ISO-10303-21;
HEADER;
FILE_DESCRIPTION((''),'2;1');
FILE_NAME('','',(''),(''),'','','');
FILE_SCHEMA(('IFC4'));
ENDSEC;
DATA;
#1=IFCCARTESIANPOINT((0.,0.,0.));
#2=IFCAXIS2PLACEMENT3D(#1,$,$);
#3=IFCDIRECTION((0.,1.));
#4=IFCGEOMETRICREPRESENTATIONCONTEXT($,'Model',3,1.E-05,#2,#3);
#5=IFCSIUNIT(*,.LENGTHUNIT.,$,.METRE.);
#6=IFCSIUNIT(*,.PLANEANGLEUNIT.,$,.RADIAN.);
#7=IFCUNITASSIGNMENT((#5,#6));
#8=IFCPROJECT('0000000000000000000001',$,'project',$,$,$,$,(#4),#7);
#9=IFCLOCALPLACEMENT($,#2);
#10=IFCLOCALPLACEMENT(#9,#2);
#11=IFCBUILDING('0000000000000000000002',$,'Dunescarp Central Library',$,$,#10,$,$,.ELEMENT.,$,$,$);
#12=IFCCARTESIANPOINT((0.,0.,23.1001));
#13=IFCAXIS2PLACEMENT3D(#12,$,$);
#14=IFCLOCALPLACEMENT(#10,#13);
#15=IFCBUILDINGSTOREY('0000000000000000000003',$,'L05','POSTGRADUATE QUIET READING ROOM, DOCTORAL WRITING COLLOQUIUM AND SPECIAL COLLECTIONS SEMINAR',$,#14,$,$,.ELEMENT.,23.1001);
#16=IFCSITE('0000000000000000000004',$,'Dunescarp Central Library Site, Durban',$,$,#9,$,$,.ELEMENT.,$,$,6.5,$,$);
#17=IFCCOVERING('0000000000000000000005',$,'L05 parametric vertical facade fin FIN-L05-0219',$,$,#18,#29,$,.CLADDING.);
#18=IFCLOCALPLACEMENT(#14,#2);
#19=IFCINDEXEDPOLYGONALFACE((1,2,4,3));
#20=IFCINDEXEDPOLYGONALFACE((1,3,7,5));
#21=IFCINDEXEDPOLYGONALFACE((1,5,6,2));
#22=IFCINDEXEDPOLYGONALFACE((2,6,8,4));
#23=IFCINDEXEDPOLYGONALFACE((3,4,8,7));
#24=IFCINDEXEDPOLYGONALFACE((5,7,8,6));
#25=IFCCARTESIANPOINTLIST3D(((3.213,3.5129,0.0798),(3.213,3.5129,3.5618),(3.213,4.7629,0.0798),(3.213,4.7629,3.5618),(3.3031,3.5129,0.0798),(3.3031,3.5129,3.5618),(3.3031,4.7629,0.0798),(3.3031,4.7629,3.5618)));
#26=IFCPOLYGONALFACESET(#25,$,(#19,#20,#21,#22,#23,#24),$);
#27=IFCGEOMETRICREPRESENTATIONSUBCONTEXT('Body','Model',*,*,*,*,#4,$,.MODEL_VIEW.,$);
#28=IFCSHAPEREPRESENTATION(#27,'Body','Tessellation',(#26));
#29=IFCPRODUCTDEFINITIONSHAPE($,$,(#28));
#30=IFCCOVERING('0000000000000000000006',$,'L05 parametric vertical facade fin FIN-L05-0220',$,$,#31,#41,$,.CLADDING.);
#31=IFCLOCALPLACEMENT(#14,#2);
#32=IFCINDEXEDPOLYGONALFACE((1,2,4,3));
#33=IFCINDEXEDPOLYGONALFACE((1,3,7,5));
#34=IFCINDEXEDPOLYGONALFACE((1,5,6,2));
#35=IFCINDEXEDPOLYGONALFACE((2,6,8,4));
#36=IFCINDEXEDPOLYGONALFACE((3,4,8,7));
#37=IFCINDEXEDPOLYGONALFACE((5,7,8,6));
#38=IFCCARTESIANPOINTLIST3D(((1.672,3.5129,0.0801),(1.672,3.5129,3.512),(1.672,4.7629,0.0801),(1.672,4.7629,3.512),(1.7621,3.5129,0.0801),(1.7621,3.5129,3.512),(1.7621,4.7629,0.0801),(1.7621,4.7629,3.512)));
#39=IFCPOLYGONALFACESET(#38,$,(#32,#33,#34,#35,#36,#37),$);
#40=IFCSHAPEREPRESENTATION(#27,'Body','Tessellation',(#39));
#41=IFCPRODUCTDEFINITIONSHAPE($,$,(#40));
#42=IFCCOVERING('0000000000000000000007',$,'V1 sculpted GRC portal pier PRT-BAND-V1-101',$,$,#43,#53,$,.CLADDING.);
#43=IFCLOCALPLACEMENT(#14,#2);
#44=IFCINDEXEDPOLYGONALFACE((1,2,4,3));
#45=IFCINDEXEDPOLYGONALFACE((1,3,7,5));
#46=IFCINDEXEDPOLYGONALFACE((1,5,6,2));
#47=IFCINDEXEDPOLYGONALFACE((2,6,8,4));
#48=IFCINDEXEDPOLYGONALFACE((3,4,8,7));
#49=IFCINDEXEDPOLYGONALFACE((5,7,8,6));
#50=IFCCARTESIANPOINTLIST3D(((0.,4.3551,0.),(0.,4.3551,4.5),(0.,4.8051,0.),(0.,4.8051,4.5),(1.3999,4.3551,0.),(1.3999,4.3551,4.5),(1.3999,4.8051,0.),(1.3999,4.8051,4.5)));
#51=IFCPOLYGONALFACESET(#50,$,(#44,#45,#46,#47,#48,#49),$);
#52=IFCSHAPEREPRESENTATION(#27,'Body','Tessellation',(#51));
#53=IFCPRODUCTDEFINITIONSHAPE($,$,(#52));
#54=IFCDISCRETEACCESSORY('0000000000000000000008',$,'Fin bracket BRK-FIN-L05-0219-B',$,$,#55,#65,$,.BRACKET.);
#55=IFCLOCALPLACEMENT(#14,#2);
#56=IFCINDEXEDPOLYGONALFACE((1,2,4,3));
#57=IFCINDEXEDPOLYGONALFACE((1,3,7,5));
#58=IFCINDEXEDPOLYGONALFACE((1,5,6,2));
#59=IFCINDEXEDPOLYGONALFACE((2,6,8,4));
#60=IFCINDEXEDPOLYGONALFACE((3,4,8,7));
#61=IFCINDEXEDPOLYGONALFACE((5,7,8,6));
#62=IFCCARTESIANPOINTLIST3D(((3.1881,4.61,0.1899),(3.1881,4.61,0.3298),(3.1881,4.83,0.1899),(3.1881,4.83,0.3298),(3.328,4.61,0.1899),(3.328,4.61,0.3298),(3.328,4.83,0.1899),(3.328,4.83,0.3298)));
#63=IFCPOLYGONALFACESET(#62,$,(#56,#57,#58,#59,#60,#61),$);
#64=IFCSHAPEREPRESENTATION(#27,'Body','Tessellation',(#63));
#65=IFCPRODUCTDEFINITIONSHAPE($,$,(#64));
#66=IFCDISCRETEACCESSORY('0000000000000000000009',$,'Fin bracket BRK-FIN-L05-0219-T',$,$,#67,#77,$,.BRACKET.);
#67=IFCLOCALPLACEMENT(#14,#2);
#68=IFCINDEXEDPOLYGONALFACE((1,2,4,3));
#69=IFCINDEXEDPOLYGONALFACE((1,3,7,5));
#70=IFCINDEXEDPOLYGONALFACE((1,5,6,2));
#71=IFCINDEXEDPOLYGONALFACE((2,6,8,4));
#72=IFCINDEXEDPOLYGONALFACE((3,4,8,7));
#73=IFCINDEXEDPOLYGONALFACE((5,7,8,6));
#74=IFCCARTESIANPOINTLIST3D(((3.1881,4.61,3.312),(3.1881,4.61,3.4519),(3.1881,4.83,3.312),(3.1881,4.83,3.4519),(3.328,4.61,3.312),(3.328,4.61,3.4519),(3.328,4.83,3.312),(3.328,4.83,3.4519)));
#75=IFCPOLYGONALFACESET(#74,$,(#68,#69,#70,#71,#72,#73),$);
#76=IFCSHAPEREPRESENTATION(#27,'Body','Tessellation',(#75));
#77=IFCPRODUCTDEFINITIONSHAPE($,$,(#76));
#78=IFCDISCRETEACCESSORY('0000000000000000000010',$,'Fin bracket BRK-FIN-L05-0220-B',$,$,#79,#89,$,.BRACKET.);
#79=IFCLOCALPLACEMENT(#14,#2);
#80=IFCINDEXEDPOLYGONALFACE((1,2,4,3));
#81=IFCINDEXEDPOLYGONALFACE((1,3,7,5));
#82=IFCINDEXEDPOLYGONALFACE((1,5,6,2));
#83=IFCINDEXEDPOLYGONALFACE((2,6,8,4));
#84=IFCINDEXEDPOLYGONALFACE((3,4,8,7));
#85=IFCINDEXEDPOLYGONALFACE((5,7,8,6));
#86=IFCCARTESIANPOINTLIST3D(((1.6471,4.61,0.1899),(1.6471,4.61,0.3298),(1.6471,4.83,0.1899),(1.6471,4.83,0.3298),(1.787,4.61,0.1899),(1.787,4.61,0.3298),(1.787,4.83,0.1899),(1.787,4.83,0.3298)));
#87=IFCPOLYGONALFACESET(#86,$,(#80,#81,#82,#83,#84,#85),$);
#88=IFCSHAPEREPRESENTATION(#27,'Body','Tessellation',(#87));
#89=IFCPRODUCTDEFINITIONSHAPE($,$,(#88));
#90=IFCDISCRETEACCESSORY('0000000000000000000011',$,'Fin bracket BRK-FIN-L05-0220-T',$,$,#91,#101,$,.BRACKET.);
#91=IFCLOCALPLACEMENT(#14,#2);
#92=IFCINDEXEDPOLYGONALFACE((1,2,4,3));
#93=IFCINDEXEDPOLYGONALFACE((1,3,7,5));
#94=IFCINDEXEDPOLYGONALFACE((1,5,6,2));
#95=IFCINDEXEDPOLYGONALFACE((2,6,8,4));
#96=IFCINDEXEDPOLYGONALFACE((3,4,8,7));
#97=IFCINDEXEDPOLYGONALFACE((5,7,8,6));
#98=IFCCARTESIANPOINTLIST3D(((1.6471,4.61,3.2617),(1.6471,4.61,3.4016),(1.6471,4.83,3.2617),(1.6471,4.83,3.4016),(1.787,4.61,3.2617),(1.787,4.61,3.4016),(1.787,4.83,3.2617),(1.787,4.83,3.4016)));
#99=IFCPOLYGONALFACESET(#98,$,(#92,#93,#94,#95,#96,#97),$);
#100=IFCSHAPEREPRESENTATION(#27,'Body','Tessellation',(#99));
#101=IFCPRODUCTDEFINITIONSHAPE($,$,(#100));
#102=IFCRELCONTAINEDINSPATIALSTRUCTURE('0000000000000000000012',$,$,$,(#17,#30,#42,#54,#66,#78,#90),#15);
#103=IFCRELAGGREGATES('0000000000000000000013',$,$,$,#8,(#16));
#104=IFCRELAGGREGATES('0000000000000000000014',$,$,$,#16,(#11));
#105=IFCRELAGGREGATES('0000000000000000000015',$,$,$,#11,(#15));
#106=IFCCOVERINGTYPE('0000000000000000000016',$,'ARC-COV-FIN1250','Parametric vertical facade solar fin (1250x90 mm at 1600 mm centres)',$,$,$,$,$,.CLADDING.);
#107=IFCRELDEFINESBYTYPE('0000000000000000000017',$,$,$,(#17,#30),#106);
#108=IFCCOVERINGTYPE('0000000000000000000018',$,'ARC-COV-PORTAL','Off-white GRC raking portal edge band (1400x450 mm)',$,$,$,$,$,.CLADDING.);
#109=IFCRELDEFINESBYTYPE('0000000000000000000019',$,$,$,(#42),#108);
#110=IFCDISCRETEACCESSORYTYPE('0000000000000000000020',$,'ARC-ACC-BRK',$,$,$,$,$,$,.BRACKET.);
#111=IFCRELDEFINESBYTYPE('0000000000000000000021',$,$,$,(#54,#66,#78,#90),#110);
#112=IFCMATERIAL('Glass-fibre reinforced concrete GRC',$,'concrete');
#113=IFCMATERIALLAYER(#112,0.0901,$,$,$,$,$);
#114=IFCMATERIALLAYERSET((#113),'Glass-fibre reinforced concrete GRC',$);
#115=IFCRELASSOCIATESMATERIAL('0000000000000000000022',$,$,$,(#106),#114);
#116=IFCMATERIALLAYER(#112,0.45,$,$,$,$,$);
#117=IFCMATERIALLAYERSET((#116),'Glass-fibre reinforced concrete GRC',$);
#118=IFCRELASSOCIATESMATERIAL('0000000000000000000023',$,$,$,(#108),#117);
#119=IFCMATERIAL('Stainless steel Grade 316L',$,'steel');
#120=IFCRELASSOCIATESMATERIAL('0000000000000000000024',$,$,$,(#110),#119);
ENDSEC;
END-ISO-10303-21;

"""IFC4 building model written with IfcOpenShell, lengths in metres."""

from ifc_helpers import new_model, si_unit, direction, frame, origin, origin_2d, place, context, subcontext, project, spatial, rectangle, extrude, material, layer, layer_set, type_object, element, save


model = new_model("IFC4")

# Units and contexts
model_context = context("Model", 3, precision=1e-05, world=origin(), true_north=direction((0.0, 1.0)))
body_context = subcontext(model_context, "Body", "Model", "MODEL_VIEW")
ifc_project = project(units=[si_unit("LENGTHUNIT", "METRE"), si_unit("PLANEANGLEUNIT", "RADIAN")], contexts=[model_context])

# Site, building, storey
site_placement = place(None, origin())
site = spatial("IfcSite", under=ifc_project, at=site_placement, Name="Dunescarp Central Library Site, Durban", CompositionType="ELEMENT", RefElevation=6.5)
building_placement = place(site_placement, origin())
building = spatial("IfcBuilding", under=site, at=building_placement, Name="Dunescarp Central Library", CompositionType="ELEMENT")
storey_placement = place(building_placement, frame((0.0, 0.0, 23.1001)))
storey = spatial("IfcBuildingStorey", under=building, at=storey_placement, Name="L05", Description="POSTGRADUATE QUIET READING ROOM, DOCTORAL WRITING COLLOQUIUM AND SPECIAL COLLECTIONS SEMINAR", CompositionType="ELEMENT", Elevation=23.1001)

# Coverings
ifc_material_1 = material(Name="Glass-fibre reinforced concrete GRC", Category="concrete")
ifc_layer_1 = layer(ifc_material_1, 0.0901)
ifc_layer_set_1 = layer_set([ifc_layer_1], Name="Glass-fibre reinforced concrete GRC")
covering_type_1 = type_object("IfcCoveringType", Name="ARC-COV-FIN1250", Description="Parametric vertical facade solar fin (1250x90 mm at 1600 mm centres)", PredefinedType="CLADDING", material=ifc_layer_set_1)
covering_1_placement = place(storey_placement, frame((3.2581, 4.1379, 0.0798), z_axis=(0.0, 0.0, 1.0), x_axis=(0.0, -1.0, 0.0)))
element("IfcCovering", 1, at=covering_1_placement, inside=storey, type_object=covering_type_1, Name="L05 parametric vertical facade fin FIN-L05-0219", PredefinedType="CLADDING", context=body_context, shape_type="SweptSolid", body=[
    extrude(rectangle(XDim=1.25, YDim=0.0901, at=origin_2d()), origin(), (0.0, 0.0, 1.0), 3.4819),
])
covering_2_placement = place(storey_placement, frame((1.717, 4.1379, 0.0801), z_axis=(0.0, 0.0, 1.0), x_axis=(0.0, -1.0, 0.0)))
element("IfcCovering", 2, at=covering_2_placement, inside=storey, type_object=covering_type_1, Name="L05 parametric vertical facade fin FIN-L05-0220", PredefinedType="CLADDING", context=body_context, shape_type="SweptSolid", body=[
    extrude(rectangle(XDim=1.25, YDim=0.0901, at=origin_2d()), origin(), (0.0, 0.0, 1.0), 3.4319),
])
ifc_layer_2 = layer(ifc_material_1, 0.45)
ifc_layer_set_2 = layer_set([ifc_layer_2], Name="Glass-fibre reinforced concrete GRC")
covering_type_2 = type_object("IfcCoveringType", Name="ARC-COV-PORTAL", Description="Off-white GRC raking portal edge band (1400x450 mm)", PredefinedType="CLADDING", material=ifc_layer_set_2)
covering_3_placement = place(storey_placement, frame((0.7, 4.5801, 0.0), z_axis=(0.0, 0.0, 1.0), x_axis=(1.0, 0.0, 0.0)))
element("IfcCovering", 3, at=covering_3_placement, inside=storey, type_object=covering_type_2, Name="V1 sculpted GRC portal pier PRT-BAND-V1-101", PredefinedType="CLADDING", context=body_context, shape_type="SweptSolid", body=[
    extrude(rectangle(XDim=1.3999, YDim=0.45, at=origin_2d()), origin(), (0.0, 0.0, 1.0), 4.5),
])

# Discrete accessories
ifc_material_2 = material(Name="Stainless steel Grade 316L", Category="steel")
discrete_accessory_type = type_object("IfcDiscreteAccessoryType", Name="ARC-ACC-BRK", PredefinedType="BRACKET", material=ifc_material_2)
for number, where, z_axis, x_axis, name in (
    (4, (3.2581, 4.72, 0.1899), (0.0, 0.0, 1.0), (0.0, -1.0, 0.0), "Fin bracket BRK-FIN-L05-0219-B"),
    (5, (3.2581, 4.72, 3.312), (0.0, 0.0, 1.0), (0.0, -1.0, 0.0), "Fin bracket BRK-FIN-L05-0219-T"),
    (6, (1.717, 4.72, 0.1899), (0.0, 0.0, 1.0), (0.0, -1.0, 0.0), "Fin bracket BRK-FIN-L05-0220-B"),
    (7, (1.717, 4.72, 3.2617), (0.0, 0.0, 1.0), (0.0, -1.0, 0.0), "Fin bracket BRK-FIN-L05-0220-T"),
):
    element("IfcDiscreteAccessory", number, at=place(storey_placement, frame(where, z_axis=z_axis, x_axis=x_axis)), inside=storey, type_object=discrete_accessory_type, Name=name, PredefinedType="BRACKET", context=body_context, shape_type="SweptSolid", body=[
        extrude(rectangle(XDim=0.22, YDim=0.1399, at=origin_2d()), origin(), (0.0, 0.0, 1.0), 0.1399),
    ])

save(model, "model.ifc")
